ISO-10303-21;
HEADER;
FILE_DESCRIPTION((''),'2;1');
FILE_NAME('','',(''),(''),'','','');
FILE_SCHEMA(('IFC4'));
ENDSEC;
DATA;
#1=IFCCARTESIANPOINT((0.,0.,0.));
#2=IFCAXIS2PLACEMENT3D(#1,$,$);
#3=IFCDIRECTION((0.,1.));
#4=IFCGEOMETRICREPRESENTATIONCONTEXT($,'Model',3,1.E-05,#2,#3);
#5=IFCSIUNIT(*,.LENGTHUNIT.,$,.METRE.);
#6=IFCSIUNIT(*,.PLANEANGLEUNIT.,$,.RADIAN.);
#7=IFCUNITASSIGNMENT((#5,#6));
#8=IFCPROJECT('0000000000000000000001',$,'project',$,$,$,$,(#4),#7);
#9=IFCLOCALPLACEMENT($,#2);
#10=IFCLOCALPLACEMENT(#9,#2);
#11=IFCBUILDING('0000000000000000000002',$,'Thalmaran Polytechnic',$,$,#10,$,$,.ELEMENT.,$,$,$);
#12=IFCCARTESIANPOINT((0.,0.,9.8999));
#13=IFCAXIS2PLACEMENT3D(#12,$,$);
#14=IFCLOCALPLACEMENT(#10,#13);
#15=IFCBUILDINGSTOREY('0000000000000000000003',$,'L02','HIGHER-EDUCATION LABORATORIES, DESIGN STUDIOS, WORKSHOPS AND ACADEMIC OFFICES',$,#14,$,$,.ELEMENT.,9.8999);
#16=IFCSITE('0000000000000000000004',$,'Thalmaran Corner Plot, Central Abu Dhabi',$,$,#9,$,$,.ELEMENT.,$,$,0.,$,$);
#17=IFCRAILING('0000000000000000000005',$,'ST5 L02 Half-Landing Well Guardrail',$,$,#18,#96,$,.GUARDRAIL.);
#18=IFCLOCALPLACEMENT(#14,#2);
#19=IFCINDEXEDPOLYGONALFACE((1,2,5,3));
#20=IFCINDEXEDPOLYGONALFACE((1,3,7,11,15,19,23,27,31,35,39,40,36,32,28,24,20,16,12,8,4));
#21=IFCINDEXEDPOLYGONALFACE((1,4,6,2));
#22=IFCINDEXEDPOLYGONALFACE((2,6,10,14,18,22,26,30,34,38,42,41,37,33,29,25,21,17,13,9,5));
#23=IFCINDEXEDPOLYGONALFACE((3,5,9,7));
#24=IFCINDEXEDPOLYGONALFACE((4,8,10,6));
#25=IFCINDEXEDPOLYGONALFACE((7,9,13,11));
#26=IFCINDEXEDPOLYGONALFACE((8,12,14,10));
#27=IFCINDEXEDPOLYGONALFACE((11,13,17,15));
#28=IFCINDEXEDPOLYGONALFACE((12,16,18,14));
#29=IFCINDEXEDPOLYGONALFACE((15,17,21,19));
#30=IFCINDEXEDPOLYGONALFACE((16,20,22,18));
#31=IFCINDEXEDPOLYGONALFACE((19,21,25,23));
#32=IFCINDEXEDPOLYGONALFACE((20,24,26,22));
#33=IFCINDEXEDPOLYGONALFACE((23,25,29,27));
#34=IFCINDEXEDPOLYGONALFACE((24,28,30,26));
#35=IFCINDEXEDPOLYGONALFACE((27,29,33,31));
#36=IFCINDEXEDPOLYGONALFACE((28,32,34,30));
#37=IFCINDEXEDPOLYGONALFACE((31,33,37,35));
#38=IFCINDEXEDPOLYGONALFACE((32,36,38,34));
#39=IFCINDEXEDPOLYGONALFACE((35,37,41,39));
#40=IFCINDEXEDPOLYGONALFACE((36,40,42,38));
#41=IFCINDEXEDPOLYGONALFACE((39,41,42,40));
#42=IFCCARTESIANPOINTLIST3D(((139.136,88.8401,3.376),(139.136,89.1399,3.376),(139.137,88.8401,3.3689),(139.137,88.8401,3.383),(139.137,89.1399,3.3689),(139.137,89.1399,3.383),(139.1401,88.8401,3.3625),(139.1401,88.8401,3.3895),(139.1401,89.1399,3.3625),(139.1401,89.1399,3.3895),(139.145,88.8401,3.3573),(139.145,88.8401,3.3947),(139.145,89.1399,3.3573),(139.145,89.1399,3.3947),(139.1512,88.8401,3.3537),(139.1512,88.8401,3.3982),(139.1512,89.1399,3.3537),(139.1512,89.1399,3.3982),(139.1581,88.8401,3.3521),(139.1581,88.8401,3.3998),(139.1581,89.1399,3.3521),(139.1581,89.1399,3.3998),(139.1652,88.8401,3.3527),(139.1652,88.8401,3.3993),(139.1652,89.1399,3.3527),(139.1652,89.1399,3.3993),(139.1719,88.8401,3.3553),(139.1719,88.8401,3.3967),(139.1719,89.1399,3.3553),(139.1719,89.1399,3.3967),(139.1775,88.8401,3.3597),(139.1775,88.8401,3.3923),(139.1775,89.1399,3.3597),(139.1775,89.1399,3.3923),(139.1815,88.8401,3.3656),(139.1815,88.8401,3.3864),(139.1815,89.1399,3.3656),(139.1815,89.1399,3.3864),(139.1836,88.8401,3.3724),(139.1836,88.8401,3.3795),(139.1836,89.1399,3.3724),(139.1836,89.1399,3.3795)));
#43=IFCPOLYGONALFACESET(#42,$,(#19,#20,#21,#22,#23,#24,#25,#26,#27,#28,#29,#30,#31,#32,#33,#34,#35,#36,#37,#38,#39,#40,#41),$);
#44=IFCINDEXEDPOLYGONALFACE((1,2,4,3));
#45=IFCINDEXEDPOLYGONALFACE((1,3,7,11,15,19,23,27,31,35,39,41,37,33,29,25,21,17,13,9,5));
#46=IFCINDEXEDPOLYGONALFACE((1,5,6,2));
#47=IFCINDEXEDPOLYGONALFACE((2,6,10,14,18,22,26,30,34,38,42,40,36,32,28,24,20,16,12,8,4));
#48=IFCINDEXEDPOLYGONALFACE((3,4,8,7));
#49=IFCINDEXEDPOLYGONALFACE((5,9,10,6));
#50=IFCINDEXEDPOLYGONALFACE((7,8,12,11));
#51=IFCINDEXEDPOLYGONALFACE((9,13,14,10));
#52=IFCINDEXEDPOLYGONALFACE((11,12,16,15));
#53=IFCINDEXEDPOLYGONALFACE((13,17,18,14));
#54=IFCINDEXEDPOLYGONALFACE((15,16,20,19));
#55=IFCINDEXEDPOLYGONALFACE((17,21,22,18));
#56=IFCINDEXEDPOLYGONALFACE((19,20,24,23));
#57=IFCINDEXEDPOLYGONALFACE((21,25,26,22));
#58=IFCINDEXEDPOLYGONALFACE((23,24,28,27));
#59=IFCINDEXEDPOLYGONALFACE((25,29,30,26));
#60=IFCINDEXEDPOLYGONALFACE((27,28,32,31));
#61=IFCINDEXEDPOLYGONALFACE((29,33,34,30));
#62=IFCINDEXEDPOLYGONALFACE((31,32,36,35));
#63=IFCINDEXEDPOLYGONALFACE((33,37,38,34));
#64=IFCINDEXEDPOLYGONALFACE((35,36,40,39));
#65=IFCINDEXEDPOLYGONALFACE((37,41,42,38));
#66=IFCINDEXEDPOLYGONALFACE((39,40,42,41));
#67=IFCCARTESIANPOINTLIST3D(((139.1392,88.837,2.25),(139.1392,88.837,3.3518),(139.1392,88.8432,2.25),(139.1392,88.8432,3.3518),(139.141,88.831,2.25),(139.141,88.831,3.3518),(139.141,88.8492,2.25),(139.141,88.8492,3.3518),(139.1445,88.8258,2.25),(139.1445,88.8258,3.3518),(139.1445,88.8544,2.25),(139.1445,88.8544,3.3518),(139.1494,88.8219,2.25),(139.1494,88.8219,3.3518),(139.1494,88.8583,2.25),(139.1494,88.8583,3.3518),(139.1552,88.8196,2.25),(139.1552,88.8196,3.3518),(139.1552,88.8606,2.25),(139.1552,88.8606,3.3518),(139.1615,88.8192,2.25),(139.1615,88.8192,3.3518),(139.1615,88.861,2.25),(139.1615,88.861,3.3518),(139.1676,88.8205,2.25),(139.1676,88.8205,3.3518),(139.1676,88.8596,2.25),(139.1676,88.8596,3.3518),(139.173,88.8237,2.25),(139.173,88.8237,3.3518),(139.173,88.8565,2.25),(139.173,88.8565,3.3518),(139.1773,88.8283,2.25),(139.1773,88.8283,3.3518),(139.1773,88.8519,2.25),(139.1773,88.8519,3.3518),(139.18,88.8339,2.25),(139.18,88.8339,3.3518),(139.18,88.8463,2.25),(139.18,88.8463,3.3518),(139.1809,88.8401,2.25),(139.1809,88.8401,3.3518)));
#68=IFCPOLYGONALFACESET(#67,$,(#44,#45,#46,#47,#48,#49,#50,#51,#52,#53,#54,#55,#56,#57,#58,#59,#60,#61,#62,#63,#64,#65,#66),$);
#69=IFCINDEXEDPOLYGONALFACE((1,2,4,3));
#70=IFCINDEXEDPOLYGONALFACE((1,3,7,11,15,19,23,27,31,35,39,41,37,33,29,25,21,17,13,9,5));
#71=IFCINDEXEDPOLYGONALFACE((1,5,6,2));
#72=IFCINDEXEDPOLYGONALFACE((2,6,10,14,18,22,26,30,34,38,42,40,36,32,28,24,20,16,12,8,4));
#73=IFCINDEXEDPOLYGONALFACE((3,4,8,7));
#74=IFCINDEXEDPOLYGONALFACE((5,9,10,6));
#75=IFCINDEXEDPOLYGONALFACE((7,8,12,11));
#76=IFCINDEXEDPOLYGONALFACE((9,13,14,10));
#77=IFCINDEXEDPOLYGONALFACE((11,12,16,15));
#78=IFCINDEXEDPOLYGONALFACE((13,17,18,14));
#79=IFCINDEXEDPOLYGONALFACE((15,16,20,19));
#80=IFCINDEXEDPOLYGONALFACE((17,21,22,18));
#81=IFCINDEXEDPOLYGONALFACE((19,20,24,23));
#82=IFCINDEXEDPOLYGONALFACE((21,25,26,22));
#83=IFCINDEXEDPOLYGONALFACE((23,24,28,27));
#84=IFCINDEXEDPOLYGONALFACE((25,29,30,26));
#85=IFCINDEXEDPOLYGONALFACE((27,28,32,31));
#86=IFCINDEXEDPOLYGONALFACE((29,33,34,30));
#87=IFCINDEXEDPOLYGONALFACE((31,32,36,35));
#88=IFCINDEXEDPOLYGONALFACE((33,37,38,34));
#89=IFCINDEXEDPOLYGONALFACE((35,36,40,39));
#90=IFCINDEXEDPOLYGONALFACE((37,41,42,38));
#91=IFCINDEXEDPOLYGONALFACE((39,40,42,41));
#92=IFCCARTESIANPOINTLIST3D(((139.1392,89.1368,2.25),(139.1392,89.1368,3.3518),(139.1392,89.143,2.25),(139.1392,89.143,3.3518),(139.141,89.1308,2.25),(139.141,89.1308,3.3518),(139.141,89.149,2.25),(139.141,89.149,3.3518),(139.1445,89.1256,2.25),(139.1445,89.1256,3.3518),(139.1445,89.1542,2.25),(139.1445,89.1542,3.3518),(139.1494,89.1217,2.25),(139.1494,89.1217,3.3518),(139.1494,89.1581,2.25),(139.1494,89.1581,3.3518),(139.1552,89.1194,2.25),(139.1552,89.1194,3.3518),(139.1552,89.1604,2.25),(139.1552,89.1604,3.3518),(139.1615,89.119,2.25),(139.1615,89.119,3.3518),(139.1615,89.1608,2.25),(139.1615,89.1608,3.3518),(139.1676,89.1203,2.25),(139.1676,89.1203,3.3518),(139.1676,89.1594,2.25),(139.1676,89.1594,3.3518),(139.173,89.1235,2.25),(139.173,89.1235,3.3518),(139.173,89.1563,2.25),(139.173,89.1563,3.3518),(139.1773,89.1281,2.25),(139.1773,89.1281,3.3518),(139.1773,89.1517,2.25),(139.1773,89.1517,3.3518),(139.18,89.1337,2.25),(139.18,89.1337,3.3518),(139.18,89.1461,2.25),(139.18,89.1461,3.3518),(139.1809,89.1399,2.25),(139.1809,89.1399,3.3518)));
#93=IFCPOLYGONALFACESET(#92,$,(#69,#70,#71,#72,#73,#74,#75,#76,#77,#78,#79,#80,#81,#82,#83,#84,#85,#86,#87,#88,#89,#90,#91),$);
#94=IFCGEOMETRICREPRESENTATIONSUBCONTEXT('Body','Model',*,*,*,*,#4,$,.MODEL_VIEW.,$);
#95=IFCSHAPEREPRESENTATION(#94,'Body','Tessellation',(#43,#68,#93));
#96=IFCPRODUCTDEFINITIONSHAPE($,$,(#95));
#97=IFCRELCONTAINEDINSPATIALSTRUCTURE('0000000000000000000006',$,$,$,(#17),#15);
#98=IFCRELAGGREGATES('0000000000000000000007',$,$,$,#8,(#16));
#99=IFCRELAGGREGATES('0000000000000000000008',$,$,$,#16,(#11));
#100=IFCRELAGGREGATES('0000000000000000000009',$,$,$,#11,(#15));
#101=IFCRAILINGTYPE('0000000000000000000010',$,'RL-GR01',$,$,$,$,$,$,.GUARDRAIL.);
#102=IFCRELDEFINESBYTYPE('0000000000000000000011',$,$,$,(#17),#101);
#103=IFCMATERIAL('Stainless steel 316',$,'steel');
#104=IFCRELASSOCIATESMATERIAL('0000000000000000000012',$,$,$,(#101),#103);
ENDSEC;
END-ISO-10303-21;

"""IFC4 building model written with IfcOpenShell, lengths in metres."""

from ifc_helpers import new_model, si_unit, direction, frame, origin, origin_2d, place, context, subcontext, project, spatial, circle, extrude, material, type_object, element, save


model = new_model("IFC4")

# Units and contexts
model_context = context("Model", 3, precision=1e-05, world=origin(), true_north=direction((0.0, 1.0)))
body_context = subcontext(model_context, "Body", "Model", "MODEL_VIEW")
ifc_project = project(units=[si_unit("LENGTHUNIT", "METRE"), si_unit("PLANEANGLEUNIT", "RADIAN")], contexts=[model_context])

# Site, building, storey
site_placement = place(None, origin())
site = spatial("IfcSite", under=ifc_project, at=site_placement, Name="Thalmaran Corner Plot, Central Abu Dhabi", CompositionType="ELEMENT", RefElevation=0.0)
building_placement = place(site_placement, origin())
building = spatial("IfcBuilding", under=site, at=building_placement, Name="Thalmaran Polytechnic", CompositionType="ELEMENT")
storey_placement = place(building_placement, frame((0.0, 0.0, 9.8999)))
storey = spatial("IfcBuildingStorey", under=building, at=storey_placement, Name="L02", Description="HIGHER-EDUCATION LABORATORIES, DESIGN STUDIOS, WORKSHOPS AND ACADEMIC OFFICES", CompositionType="ELEMENT", Elevation=9.8999)

# Railing
ifc_material_1 = material(Name="Stainless steel 316", Category="steel")
railing_type_1 = type_object("IfcRailingType", Name="RL-GR01", PredefinedType="GUARDRAIL", material=ifc_material_1)
railing_1_placement = place(storey_placement, frame((139.1599, 88.8401, 2.25)))
element("IfcRailing", 1, at=railing_1_placement, inside=storey, type_object=railing_type_1, Name="ST5 L02 Half-Landing Well Guardrail", PredefinedType="GUARDRAIL", context=body_context, shape_type="SweptSolid", body=[
    extrude(circle(Radius=0.0239, at=origin_2d()), frame((0.0, 0.0, 1.126), z_axis=(0.0, 1.0, 0.0), x_axis=(-1.0, 0.0, 0.0)), (0.0, 0.0, 1.0), 0.2998),
    extrude(circle(Radius=0.021, at=origin_2d()), origin(), (0.0, 0.0, 1.0), 1.1018),
    extrude(circle(Radius=0.021, at=origin_2d()), frame((0.0, 0.2998, 0.0)), (0.0, 0.0, 1.0), 1.1018),
])

save(model, "model.ifc")
